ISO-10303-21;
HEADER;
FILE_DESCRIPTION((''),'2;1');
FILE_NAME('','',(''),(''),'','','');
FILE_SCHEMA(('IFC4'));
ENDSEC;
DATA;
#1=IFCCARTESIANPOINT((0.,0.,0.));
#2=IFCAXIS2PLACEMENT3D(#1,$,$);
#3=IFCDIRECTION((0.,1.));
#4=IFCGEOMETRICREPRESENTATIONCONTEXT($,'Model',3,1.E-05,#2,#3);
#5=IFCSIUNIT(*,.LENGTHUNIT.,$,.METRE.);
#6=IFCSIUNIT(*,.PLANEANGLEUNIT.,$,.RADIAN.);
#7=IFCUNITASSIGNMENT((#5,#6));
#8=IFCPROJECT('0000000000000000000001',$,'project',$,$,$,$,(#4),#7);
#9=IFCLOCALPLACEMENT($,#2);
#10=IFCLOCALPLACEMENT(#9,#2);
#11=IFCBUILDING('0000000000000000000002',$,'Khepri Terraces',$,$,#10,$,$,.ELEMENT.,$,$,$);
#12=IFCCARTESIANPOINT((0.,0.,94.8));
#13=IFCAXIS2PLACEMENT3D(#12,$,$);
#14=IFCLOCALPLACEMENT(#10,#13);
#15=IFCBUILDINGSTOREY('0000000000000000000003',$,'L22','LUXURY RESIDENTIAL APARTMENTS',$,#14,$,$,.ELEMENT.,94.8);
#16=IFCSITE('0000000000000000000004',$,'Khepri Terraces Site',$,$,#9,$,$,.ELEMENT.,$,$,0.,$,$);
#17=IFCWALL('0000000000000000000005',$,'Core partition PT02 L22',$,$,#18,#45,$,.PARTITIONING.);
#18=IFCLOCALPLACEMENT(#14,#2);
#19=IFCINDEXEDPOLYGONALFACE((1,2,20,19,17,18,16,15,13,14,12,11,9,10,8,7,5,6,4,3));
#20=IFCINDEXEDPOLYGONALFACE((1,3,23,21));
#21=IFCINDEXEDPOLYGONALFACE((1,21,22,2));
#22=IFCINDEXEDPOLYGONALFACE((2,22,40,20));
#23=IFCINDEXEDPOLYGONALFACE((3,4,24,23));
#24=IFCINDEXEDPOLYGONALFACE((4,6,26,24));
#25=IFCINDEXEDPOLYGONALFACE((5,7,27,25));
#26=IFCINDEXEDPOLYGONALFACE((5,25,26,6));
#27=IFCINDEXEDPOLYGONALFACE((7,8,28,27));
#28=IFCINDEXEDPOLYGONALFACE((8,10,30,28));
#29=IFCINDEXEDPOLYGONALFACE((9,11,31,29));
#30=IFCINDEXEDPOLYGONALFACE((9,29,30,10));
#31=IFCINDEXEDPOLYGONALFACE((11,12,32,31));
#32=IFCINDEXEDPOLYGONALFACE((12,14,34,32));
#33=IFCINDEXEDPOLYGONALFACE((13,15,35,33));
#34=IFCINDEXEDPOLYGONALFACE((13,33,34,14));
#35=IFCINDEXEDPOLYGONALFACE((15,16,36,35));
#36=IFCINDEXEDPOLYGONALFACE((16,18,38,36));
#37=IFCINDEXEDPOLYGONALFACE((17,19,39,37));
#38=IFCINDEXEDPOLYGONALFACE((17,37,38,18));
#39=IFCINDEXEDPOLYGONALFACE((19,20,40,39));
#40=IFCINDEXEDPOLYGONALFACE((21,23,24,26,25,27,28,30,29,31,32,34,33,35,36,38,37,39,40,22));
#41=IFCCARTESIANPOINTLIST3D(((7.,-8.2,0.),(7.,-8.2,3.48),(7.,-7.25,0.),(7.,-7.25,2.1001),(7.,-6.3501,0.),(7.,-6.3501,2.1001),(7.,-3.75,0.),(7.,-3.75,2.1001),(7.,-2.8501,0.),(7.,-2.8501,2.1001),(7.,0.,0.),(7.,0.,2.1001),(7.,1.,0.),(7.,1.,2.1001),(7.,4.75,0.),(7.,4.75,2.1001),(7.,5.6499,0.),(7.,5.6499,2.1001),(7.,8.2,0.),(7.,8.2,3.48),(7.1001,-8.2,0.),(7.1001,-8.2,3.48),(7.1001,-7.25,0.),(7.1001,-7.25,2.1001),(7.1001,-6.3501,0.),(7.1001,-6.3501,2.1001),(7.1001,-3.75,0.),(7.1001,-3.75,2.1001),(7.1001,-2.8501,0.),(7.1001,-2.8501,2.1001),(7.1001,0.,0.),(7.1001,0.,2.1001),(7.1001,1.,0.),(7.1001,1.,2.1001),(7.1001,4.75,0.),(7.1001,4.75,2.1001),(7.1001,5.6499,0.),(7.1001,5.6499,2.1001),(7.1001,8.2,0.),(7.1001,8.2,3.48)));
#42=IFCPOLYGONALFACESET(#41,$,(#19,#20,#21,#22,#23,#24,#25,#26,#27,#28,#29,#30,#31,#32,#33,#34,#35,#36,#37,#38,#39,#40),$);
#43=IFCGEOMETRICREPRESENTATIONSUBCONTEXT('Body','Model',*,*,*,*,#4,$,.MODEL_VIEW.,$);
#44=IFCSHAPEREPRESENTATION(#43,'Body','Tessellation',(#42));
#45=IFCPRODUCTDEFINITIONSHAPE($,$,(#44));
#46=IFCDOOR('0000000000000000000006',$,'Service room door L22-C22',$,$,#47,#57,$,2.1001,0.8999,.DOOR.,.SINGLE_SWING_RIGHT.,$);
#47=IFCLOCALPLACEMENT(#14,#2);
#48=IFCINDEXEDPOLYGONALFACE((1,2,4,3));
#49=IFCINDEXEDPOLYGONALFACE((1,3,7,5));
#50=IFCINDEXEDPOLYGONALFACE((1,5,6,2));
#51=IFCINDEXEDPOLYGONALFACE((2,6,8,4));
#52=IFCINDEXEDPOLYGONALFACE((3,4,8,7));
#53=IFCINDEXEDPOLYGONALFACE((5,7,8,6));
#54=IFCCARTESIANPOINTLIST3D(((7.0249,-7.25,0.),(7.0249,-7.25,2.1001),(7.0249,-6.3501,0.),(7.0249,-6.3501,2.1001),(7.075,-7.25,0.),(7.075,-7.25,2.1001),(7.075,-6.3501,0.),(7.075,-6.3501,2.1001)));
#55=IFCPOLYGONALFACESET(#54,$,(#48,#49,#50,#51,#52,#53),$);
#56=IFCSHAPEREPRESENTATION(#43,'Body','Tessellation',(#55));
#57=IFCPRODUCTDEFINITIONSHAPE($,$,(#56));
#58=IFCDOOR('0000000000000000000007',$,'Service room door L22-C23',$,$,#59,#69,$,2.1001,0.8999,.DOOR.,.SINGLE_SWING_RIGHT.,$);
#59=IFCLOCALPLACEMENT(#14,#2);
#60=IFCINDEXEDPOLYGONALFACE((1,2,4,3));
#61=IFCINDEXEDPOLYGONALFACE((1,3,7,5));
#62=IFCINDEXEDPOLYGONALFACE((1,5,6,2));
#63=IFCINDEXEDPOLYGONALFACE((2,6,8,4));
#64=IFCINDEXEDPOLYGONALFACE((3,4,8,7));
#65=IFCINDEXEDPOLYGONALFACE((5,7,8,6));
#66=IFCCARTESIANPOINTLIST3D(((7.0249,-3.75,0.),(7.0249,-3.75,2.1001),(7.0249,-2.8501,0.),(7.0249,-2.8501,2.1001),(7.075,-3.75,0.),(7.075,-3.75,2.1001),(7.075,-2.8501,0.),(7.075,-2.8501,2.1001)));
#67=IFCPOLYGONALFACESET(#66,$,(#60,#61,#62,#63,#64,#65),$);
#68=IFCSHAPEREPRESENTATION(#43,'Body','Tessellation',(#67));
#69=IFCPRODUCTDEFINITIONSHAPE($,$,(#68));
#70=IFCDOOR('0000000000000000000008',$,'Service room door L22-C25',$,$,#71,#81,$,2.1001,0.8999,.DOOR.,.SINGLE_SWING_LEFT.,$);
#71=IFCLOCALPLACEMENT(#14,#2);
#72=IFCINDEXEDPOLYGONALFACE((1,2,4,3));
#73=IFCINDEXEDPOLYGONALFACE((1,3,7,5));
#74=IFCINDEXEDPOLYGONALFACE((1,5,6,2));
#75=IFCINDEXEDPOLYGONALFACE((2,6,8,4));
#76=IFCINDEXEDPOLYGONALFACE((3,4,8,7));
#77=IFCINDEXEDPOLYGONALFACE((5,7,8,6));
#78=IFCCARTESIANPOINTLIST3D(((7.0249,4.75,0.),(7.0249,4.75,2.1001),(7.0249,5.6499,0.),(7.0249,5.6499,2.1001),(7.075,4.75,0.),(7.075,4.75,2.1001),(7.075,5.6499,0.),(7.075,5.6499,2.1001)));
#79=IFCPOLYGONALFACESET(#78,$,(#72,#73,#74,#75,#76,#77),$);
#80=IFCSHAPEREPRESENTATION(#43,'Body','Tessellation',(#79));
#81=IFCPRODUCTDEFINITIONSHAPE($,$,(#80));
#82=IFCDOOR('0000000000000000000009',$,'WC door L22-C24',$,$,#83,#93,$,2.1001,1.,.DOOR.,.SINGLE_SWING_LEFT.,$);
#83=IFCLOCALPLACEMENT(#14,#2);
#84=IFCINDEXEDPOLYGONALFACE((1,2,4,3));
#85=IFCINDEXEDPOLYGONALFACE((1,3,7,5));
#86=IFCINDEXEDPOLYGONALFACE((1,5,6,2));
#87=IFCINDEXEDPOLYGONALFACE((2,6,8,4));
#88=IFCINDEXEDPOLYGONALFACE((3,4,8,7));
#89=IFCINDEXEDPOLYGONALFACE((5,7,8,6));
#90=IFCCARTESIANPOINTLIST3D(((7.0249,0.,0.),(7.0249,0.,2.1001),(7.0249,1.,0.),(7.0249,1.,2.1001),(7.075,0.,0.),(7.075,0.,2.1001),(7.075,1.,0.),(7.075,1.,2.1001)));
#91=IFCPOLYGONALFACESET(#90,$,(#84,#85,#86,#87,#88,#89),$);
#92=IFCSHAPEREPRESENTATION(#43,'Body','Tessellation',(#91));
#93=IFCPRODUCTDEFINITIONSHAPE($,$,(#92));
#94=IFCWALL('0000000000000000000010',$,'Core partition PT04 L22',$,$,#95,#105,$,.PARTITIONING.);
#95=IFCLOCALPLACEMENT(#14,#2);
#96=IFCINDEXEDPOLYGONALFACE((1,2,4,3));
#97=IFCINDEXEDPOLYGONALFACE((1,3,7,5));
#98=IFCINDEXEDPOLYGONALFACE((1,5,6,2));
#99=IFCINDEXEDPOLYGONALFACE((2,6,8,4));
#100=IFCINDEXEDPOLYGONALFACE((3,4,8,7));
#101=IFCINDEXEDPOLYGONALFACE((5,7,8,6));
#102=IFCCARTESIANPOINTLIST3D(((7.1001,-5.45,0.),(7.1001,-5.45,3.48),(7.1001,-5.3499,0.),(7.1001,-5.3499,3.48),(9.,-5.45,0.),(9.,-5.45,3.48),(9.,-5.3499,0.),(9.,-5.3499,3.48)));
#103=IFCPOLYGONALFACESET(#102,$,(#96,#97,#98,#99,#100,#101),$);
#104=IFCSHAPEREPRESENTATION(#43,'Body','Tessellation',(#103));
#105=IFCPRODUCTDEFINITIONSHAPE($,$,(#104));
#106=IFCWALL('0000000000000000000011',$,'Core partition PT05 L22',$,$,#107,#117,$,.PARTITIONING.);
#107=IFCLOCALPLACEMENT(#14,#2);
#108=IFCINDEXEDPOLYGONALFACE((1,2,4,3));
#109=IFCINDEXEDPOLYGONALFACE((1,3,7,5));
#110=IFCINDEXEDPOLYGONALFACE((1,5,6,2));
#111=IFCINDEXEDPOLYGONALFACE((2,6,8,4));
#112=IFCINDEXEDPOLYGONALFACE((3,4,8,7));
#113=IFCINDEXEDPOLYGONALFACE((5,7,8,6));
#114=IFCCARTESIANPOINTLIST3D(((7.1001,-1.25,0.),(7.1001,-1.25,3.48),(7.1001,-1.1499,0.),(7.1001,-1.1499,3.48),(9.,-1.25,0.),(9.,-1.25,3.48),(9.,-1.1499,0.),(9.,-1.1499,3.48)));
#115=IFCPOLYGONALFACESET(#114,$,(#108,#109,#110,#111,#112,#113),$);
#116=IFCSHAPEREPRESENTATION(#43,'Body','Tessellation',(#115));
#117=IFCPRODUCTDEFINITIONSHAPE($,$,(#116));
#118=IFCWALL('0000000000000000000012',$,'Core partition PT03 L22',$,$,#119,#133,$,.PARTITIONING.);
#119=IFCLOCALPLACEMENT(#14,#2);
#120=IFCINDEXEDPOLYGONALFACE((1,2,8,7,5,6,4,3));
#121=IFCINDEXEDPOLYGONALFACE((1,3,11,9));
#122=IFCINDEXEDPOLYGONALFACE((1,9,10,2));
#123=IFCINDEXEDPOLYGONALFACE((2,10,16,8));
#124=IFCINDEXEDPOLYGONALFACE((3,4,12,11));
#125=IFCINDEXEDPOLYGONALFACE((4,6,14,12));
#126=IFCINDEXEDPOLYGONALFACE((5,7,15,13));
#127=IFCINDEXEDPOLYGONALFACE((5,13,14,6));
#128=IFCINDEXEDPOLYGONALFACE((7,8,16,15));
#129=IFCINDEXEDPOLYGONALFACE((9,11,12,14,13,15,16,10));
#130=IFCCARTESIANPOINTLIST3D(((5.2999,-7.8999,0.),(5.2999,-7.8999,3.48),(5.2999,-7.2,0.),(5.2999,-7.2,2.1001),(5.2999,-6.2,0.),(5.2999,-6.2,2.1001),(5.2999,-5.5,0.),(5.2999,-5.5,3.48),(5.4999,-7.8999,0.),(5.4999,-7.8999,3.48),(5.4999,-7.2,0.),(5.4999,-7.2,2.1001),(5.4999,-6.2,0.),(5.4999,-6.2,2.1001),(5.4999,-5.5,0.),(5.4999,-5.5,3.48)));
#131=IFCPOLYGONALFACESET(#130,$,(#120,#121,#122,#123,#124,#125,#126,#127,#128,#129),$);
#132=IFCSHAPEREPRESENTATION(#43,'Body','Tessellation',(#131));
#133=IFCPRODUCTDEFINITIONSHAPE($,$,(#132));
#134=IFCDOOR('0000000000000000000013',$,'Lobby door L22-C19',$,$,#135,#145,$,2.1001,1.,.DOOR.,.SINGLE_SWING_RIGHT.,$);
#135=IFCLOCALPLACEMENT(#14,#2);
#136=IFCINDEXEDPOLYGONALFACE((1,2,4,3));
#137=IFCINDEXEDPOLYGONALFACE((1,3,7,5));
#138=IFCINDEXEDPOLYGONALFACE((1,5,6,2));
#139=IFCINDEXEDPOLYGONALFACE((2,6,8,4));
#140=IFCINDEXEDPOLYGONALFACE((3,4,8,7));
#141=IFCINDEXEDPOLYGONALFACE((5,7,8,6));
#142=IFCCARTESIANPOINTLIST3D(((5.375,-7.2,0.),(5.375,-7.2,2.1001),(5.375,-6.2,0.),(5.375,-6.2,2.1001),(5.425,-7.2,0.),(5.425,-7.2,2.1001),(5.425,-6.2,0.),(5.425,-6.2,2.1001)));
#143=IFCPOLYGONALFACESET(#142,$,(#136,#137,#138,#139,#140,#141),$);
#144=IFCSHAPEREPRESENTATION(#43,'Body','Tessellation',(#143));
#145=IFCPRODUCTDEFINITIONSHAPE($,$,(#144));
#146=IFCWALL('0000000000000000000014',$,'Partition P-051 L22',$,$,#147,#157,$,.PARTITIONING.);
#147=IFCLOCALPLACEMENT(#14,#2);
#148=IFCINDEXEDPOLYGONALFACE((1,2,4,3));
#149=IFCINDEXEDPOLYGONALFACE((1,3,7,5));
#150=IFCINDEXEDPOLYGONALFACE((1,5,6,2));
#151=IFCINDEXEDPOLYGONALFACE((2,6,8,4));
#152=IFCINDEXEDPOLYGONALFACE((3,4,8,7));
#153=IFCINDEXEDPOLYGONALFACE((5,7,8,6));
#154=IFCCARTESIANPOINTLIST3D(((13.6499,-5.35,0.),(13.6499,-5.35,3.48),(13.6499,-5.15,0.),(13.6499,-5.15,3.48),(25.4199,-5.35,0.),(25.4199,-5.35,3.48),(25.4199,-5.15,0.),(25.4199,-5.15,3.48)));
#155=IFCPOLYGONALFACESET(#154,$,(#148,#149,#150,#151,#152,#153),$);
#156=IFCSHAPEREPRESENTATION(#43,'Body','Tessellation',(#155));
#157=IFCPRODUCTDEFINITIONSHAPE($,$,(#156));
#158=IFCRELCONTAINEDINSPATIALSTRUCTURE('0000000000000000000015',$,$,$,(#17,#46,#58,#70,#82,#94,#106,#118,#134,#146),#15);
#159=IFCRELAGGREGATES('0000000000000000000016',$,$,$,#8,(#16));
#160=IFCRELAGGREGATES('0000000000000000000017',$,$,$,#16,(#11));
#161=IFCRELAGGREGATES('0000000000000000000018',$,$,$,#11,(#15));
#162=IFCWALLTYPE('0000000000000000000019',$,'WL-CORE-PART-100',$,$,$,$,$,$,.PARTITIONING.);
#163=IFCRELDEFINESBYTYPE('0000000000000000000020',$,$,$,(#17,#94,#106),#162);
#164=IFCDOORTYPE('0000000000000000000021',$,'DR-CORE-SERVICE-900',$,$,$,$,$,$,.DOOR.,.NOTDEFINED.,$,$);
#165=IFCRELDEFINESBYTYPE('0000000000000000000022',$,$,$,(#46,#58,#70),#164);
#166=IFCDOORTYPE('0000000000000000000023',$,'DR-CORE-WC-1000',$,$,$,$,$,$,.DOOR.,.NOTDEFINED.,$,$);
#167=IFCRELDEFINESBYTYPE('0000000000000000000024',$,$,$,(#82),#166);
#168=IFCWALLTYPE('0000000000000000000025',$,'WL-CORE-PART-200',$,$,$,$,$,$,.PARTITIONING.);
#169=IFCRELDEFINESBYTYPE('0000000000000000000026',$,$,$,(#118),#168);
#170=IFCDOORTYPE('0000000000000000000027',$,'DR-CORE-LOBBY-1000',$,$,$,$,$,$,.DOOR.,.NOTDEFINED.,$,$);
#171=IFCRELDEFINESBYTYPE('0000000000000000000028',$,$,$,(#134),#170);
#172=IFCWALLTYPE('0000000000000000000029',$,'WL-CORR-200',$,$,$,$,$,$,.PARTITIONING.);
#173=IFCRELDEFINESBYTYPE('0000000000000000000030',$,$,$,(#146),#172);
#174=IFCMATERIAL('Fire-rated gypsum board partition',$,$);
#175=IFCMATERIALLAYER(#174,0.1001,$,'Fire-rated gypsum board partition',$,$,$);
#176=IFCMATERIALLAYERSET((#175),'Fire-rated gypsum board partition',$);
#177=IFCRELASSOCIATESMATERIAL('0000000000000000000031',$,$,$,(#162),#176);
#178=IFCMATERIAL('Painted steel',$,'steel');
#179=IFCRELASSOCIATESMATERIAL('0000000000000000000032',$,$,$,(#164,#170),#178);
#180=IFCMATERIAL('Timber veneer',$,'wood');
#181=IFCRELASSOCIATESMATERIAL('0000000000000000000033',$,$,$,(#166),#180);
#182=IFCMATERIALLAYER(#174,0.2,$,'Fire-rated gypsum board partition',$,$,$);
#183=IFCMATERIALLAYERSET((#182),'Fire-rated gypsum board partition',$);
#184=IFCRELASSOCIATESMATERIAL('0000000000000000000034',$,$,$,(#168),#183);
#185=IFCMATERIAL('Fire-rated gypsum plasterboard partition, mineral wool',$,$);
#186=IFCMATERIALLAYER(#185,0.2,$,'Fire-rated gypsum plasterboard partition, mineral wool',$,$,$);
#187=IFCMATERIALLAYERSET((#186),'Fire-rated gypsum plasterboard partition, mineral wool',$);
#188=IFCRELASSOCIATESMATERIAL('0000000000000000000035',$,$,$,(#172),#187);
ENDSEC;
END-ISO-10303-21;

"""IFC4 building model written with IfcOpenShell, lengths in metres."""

from ifc_helpers import new_model, si_unit, direction, frame, frame_2d, origin, place, context, subcontext, project, spatial, rectangle, extrude, material, layer, layer_set, type_object, element, fill, save


model = new_model("IFC4")

# Units and contexts
model_context = context("Model", 3, precision=1e-05, world=origin(), true_north=direction((0.0, 1.0)))
body_context = subcontext(model_context, "Body", "Model", "MODEL_VIEW")
ifc_project = project(units=[si_unit("LENGTHUNIT", "METRE"), si_unit("PLANEANGLEUNIT", "RADIAN")], contexts=[model_context])

# Site, building, storey
site_placement = place(None, origin())
site = spatial("IfcSite", under=ifc_project, at=site_placement, Name="Khepri Terraces Site", CompositionType="ELEMENT", RefElevation=0.0)
building_placement = place(site_placement, origin())
building = spatial("IfcBuilding", under=site, at=building_placement, Name="Khepri Terraces", CompositionType="ELEMENT")
storey_placement = place(building_placement, frame((0.0, 0.0, 94.8)))
storey = spatial("IfcBuildingStorey", under=building, at=storey_placement, Name="L22", Description="LUXURY RESIDENTIAL APARTMENTS", CompositionType="ELEMENT", Elevation=94.8)

# Shared definitions
ifc_material_1 = material(Name="Painted steel", Category="steel")

# Wall, openings, doors
ifc_material_2 = material(Name="Fire-rated gypsum board partition")
ifc_layer_1 = layer(ifc_material_2, 0.1001, Name="Fire-rated gypsum board partition")
ifc_layer_set_1 = layer_set([ifc_layer_1], Name="Fire-rated gypsum board partition")
wall_type_1 = type_object("IfcWallType", Name="WL-CORE-PART-100", PredefinedType="PARTITIONING", material=ifc_layer_set_1)
wall_1_placement = place(storey_placement, frame((7.05, -8.2, 0.0), z_axis=(0.0, 0.0, 1.0), x_axis=(0.0, 1.0, 0.0)))
wall_1 = element("IfcWall", 1, at=wall_1_placement, inside=storey, type_object=wall_type_1, Name="Core partition PT02 L22", PredefinedType="PARTITIONING", context=body_context, shape_type="SweptSolid", body=[
    extrude(rectangle(XDim=16.3999, YDim=0.1001, at=frame_2d((8.2, 0.0))), origin(), (0.0, 0.0, 1.0), 3.48),
])
opening_1_placement = place(wall_1_placement, frame((0.95, 0.0, 0.0)))
opening_1 = element("IfcOpeningElement", 2, at=opening_1_placement, cuts=wall_1, PredefinedType="OPENING", context=body_context, shape_type="SweptSolid", body=[
    extrude(rectangle(XDim=0.8999, YDim=2.1001, at=frame_2d((0.45, 1.05))), frame((0.0, 0.0601, 0.0), z_axis=(0.0, -1.0, 0.0), x_axis=(1.0, 0.0, 0.0)), (0.0, 0.0, 1.0), 0.1201),
])
opening_2_placement = place(wall_1_placement, frame((4.45, 0.0, 0.0)))
opening_2 = element("IfcOpeningElement", 3, at=opening_2_placement, cuts=wall_1, PredefinedType="OPENING", context=body_context, shape_type="SweptSolid", body=[
    extrude(rectangle(XDim=0.8999, YDim=2.1001, at=frame_2d((0.45, 1.05))), frame((0.0, 0.0601, 0.0), z_axis=(0.0, -1.0, 0.0), x_axis=(1.0, 0.0, 0.0)), (0.0, 0.0, 1.0), 0.1201),
])
opening_3_placement = place(wall_1_placement, frame((8.2, 0.0, 0.0)))
opening_3 = element("IfcOpeningElement", 4, at=opening_3_placement, cuts=wall_1, PredefinedType="OPENING", context=body_context, shape_type="SweptSolid", body=[
    extrude(rectangle(XDim=1.0, YDim=2.1001, at=frame_2d((0.5, 1.05))), frame((0.0, 0.0601, 0.0), z_axis=(0.0, -1.0, 0.0), x_axis=(1.0, 0.0, 0.0)), (0.0, 0.0, 1.0), 0.1201),
])
opening_4_placement = place(wall_1_placement, frame((12.95, 0.0, 0.0)))
opening_4 = element("IfcOpeningElement", 5, at=opening_4_placement, cuts=wall_1, PredefinedType="OPENING", context=body_context, shape_type="SweptSolid", body=[
    extrude(rectangle(XDim=0.8999, YDim=2.1001, at=frame_2d((0.45, 1.05))), frame((0.0, 0.0601, 0.0), z_axis=(0.0, -1.0, 0.0), x_axis=(1.0, 0.0, 0.0)), (0.0, 0.0, 1.0), 0.1201),
])
door_type_1 = type_object("IfcDoorType", Name="DR-CORE-SERVICE-900", OperationType="NOTDEFINED", PredefinedType="DOOR", material=ifc_material_1)
door_1_placement = place(opening_1_placement, frame((0.8999, 0.0, 0.0), z_axis=(0.0, 0.0, 1.0), x_axis=(-1.0, 0.0, 0.0)))
door_1 = element("IfcDoor", 6, at=door_1_placement, inside=storey, type_object=door_type_1, Name="Service room door L22-C22", OperationType="SINGLE_SWING_RIGHT", OverallHeight=2.1001, OverallWidth=0.8999, PredefinedType="DOOR", context=body_context, shape_type="SweptSolid", body=[
    extrude(rectangle(XDim=0.8999, YDim=2.1001, at=frame_2d((0.45, 1.05))), frame((0.0, 0.0249, 0.0), z_axis=(0.0, -1.0, 0.0), x_axis=(1.0, 0.0, 0.0)), (0.0, 0.0, 1.0), 0.05),
])
fill(opening_1, door_1)
door_2_placement = place(opening_2_placement, frame((0.8999, 0.0, 0.0), z_axis=(0.0, 0.0, 1.0), x_axis=(-1.0, 0.0, 0.0)))
door_2 = element("IfcDoor", 7, at=door_2_placement, inside=storey, type_object=door_type_1, Name="Service room door L22-C23", OperationType="SINGLE_SWING_RIGHT", OverallHeight=2.1001, OverallWidth=0.8999, PredefinedType="DOOR", context=body_context, shape_type="SweptSolid", body=[
    extrude(rectangle(XDim=0.8999, YDim=2.1001, at=frame_2d((0.45, 1.05))), frame((0.0, 0.0249, 0.0), z_axis=(0.0, -1.0, 0.0), x_axis=(1.0, 0.0, 0.0)), (0.0, 0.0, 1.0), 0.05),
])
fill(opening_2, door_2)
door_3_placement = place(opening_4_placement, frame((0.8999, 0.0, 0.0), z_axis=(0.0, 0.0, 1.0), x_axis=(-1.0, 0.0, 0.0)))
door_3 = element("IfcDoor", 8, at=door_3_placement, inside=storey, type_object=door_type_1, Name="Service room door L22-C25", OperationType="SINGLE_SWING_LEFT", OverallHeight=2.1001, OverallWidth=0.8999, PredefinedType="DOOR", context=body_context, shape_type="SweptSolid", body=[
    extrude(rectangle(XDim=0.8999, YDim=2.1001, at=frame_2d((0.45, 1.05))), frame((0.0, 0.0249, 0.0), z_axis=(0.0, -1.0, 0.0), x_axis=(1.0, 0.0, 0.0)), (0.0, 0.0, 1.0), 0.05),
])
fill(opening_4, door_3)
ifc_material_3 = material(Name="Timber veneer", Category="wood")
door_type_2 = type_object("IfcDoorType", Name="DR-CORE-WC-1000", OperationType="NOTDEFINED", PredefinedType="DOOR", material=ifc_material_3)
door_4_placement = place(opening_3_placement, frame((1.0, 0.0, 0.0), z_axis=(0.0, 0.0, 1.0), x_axis=(-1.0, 0.0, 0.0)))
door_4 = element("IfcDoor", 9, at=door_4_placement, inside=storey, type_object=door_type_2, Name="WC door L22-C24", OperationType="SINGLE_SWING_LEFT", OverallHeight=2.1001, OverallWidth=1.0, PredefinedType="DOOR", context=body_context, shape_type="SweptSolid", body=[
    extrude(rectangle(XDim=1.0, YDim=2.1001, at=frame_2d((0.5, 1.05))), frame((0.0, 0.0249, 0.0), z_axis=(0.0, -1.0, 0.0), x_axis=(1.0, 0.0, 0.0)), (0.0, 0.0, 1.0), 0.05),
])
fill(opening_3, door_4)

# Walls
for number, where, z_axis, x_axis, name in (
    (10, (7.1001, -5.3999, 0.0), (0.0, 0.0, 1.0), (1.0, 0.0, 0.0), "Core partition PT04 L22"),
    (11, (7.1001, -1.2, 0.0), (0.0, 0.0, 1.0), (1.0, 0.0, 0.0), "Core partition PT05 L22"),
):
    element("IfcWall", number, at=place(storey_placement, frame(where, z_axis=z_axis, x_axis=x_axis)), inside=storey, type_object=wall_type_1, Name=name, PredefinedType="PARTITIONING", context=body_context, shape_type="SweptSolid", body=[
        extrude(rectangle(XDim=1.8999, YDim=0.1001, at=frame_2d((0.95, 0.0))), origin(), (0.0, 0.0, 1.0), 3.48),
    ])

# Wall, opening, door
ifc_layer_2 = layer(ifc_material_2, 0.2, Name="Fire-rated gypsum board partition")
ifc_layer_set_2 = layer_set([ifc_layer_2], Name="Fire-rated gypsum board partition")
wall_type_2 = type_object("IfcWallType", Name="WL-CORE-PART-200", PredefinedType="PARTITIONING", material=ifc_layer_set_2)
wall_2_placement = place(storey_placement, frame((5.3999, -7.8999, 0.0), z_axis=(0.0, 0.0, 1.0), x_axis=(0.0, 1.0, 0.0)))
wall_2 = element("IfcWall", 12, at=wall_2_placement, inside=storey, type_object=wall_type_2, Name="Core partition PT03 L22", PredefinedType="PARTITIONING", context=body_context, shape_type="SweptSolid", body=[
    extrude(rectangle(XDim=2.3999, YDim=0.2, at=frame_2d((1.2, 0.0))), origin(), (0.0, 0.0, 1.0), 3.48),
])
opening_5_placement = place(wall_2_placement, frame((0.7, 0.0, 0.0)))
opening_5 = element("IfcOpeningElement", 13, at=opening_5_placement, cuts=wall_2, PredefinedType="OPENING", context=body_context, shape_type="SweptSolid", body=[
    extrude(rectangle(XDim=1.0, YDim=2.1001, at=frame_2d((0.5, 1.05))), frame((0.0, 0.1099, 0.0), z_axis=(0.0, -1.0, 0.0), x_axis=(1.0, 0.0, 0.0)), (0.0, 0.0, 1.0), 0.22),
])
door_type_3 = type_object("IfcDoorType", Name="DR-CORE-LOBBY-1000", OperationType="NOTDEFINED", PredefinedType="DOOR", material=ifc_material_1)
door_5_placement = place(opening_5_placement, origin())
door_5 = element("IfcDoor", 14, at=door_5_placement, inside=storey, type_object=door_type_3, Name="Lobby door L22-C19", OperationType="SINGLE_SWING_RIGHT", OverallHeight=2.1001, OverallWidth=1.0, PredefinedType="DOOR", context=body_context, shape_type="SweptSolid", body=[
    extrude(rectangle(XDim=1.0, YDim=2.1001, at=frame_2d((0.5, 1.05))), frame((0.0, 0.0249, 0.0), z_axis=(0.0, -1.0, 0.0), x_axis=(1.0, 0.0, 0.0)), (0.0, 0.0, 1.0), 0.05),
])
fill(opening_5, door_5)

# Wall
ifc_material_4 = material(Name="Fire-rated gypsum plasterboard partition, mineral wool")
ifc_layer_3 = layer(ifc_material_4, 0.2, Name="Fire-rated gypsum plasterboard partition, mineral wool")
ifc_layer_set_3 = layer_set([ifc_layer_3], Name="Fire-rated gypsum plasterboard partition, mineral wool")
wall_type_3 = type_object("IfcWallType", Name="WL-CORR-200", PredefinedType="PARTITIONING", material=ifc_layer_set_3)
wall_3_placement = place(storey_placement, frame((13.6499, -5.25, 0.0), z_axis=(0.0, 0.0, 1.0), x_axis=(1.0, 0.0, 0.0)))
element("IfcWall", 15, at=wall_3_placement, inside=storey, type_object=wall_type_3, Name="Partition P-051 L22", PredefinedType="PARTITIONING", context=body_context, shape_type="SweptSolid", body=[
    extrude(rectangle(XDim=11.77, YDim=0.2, at=frame_2d((5.885, 0.0))), origin(), (0.0, 0.0, 1.0), 3.48),
])

save(model, "model.ifc")
